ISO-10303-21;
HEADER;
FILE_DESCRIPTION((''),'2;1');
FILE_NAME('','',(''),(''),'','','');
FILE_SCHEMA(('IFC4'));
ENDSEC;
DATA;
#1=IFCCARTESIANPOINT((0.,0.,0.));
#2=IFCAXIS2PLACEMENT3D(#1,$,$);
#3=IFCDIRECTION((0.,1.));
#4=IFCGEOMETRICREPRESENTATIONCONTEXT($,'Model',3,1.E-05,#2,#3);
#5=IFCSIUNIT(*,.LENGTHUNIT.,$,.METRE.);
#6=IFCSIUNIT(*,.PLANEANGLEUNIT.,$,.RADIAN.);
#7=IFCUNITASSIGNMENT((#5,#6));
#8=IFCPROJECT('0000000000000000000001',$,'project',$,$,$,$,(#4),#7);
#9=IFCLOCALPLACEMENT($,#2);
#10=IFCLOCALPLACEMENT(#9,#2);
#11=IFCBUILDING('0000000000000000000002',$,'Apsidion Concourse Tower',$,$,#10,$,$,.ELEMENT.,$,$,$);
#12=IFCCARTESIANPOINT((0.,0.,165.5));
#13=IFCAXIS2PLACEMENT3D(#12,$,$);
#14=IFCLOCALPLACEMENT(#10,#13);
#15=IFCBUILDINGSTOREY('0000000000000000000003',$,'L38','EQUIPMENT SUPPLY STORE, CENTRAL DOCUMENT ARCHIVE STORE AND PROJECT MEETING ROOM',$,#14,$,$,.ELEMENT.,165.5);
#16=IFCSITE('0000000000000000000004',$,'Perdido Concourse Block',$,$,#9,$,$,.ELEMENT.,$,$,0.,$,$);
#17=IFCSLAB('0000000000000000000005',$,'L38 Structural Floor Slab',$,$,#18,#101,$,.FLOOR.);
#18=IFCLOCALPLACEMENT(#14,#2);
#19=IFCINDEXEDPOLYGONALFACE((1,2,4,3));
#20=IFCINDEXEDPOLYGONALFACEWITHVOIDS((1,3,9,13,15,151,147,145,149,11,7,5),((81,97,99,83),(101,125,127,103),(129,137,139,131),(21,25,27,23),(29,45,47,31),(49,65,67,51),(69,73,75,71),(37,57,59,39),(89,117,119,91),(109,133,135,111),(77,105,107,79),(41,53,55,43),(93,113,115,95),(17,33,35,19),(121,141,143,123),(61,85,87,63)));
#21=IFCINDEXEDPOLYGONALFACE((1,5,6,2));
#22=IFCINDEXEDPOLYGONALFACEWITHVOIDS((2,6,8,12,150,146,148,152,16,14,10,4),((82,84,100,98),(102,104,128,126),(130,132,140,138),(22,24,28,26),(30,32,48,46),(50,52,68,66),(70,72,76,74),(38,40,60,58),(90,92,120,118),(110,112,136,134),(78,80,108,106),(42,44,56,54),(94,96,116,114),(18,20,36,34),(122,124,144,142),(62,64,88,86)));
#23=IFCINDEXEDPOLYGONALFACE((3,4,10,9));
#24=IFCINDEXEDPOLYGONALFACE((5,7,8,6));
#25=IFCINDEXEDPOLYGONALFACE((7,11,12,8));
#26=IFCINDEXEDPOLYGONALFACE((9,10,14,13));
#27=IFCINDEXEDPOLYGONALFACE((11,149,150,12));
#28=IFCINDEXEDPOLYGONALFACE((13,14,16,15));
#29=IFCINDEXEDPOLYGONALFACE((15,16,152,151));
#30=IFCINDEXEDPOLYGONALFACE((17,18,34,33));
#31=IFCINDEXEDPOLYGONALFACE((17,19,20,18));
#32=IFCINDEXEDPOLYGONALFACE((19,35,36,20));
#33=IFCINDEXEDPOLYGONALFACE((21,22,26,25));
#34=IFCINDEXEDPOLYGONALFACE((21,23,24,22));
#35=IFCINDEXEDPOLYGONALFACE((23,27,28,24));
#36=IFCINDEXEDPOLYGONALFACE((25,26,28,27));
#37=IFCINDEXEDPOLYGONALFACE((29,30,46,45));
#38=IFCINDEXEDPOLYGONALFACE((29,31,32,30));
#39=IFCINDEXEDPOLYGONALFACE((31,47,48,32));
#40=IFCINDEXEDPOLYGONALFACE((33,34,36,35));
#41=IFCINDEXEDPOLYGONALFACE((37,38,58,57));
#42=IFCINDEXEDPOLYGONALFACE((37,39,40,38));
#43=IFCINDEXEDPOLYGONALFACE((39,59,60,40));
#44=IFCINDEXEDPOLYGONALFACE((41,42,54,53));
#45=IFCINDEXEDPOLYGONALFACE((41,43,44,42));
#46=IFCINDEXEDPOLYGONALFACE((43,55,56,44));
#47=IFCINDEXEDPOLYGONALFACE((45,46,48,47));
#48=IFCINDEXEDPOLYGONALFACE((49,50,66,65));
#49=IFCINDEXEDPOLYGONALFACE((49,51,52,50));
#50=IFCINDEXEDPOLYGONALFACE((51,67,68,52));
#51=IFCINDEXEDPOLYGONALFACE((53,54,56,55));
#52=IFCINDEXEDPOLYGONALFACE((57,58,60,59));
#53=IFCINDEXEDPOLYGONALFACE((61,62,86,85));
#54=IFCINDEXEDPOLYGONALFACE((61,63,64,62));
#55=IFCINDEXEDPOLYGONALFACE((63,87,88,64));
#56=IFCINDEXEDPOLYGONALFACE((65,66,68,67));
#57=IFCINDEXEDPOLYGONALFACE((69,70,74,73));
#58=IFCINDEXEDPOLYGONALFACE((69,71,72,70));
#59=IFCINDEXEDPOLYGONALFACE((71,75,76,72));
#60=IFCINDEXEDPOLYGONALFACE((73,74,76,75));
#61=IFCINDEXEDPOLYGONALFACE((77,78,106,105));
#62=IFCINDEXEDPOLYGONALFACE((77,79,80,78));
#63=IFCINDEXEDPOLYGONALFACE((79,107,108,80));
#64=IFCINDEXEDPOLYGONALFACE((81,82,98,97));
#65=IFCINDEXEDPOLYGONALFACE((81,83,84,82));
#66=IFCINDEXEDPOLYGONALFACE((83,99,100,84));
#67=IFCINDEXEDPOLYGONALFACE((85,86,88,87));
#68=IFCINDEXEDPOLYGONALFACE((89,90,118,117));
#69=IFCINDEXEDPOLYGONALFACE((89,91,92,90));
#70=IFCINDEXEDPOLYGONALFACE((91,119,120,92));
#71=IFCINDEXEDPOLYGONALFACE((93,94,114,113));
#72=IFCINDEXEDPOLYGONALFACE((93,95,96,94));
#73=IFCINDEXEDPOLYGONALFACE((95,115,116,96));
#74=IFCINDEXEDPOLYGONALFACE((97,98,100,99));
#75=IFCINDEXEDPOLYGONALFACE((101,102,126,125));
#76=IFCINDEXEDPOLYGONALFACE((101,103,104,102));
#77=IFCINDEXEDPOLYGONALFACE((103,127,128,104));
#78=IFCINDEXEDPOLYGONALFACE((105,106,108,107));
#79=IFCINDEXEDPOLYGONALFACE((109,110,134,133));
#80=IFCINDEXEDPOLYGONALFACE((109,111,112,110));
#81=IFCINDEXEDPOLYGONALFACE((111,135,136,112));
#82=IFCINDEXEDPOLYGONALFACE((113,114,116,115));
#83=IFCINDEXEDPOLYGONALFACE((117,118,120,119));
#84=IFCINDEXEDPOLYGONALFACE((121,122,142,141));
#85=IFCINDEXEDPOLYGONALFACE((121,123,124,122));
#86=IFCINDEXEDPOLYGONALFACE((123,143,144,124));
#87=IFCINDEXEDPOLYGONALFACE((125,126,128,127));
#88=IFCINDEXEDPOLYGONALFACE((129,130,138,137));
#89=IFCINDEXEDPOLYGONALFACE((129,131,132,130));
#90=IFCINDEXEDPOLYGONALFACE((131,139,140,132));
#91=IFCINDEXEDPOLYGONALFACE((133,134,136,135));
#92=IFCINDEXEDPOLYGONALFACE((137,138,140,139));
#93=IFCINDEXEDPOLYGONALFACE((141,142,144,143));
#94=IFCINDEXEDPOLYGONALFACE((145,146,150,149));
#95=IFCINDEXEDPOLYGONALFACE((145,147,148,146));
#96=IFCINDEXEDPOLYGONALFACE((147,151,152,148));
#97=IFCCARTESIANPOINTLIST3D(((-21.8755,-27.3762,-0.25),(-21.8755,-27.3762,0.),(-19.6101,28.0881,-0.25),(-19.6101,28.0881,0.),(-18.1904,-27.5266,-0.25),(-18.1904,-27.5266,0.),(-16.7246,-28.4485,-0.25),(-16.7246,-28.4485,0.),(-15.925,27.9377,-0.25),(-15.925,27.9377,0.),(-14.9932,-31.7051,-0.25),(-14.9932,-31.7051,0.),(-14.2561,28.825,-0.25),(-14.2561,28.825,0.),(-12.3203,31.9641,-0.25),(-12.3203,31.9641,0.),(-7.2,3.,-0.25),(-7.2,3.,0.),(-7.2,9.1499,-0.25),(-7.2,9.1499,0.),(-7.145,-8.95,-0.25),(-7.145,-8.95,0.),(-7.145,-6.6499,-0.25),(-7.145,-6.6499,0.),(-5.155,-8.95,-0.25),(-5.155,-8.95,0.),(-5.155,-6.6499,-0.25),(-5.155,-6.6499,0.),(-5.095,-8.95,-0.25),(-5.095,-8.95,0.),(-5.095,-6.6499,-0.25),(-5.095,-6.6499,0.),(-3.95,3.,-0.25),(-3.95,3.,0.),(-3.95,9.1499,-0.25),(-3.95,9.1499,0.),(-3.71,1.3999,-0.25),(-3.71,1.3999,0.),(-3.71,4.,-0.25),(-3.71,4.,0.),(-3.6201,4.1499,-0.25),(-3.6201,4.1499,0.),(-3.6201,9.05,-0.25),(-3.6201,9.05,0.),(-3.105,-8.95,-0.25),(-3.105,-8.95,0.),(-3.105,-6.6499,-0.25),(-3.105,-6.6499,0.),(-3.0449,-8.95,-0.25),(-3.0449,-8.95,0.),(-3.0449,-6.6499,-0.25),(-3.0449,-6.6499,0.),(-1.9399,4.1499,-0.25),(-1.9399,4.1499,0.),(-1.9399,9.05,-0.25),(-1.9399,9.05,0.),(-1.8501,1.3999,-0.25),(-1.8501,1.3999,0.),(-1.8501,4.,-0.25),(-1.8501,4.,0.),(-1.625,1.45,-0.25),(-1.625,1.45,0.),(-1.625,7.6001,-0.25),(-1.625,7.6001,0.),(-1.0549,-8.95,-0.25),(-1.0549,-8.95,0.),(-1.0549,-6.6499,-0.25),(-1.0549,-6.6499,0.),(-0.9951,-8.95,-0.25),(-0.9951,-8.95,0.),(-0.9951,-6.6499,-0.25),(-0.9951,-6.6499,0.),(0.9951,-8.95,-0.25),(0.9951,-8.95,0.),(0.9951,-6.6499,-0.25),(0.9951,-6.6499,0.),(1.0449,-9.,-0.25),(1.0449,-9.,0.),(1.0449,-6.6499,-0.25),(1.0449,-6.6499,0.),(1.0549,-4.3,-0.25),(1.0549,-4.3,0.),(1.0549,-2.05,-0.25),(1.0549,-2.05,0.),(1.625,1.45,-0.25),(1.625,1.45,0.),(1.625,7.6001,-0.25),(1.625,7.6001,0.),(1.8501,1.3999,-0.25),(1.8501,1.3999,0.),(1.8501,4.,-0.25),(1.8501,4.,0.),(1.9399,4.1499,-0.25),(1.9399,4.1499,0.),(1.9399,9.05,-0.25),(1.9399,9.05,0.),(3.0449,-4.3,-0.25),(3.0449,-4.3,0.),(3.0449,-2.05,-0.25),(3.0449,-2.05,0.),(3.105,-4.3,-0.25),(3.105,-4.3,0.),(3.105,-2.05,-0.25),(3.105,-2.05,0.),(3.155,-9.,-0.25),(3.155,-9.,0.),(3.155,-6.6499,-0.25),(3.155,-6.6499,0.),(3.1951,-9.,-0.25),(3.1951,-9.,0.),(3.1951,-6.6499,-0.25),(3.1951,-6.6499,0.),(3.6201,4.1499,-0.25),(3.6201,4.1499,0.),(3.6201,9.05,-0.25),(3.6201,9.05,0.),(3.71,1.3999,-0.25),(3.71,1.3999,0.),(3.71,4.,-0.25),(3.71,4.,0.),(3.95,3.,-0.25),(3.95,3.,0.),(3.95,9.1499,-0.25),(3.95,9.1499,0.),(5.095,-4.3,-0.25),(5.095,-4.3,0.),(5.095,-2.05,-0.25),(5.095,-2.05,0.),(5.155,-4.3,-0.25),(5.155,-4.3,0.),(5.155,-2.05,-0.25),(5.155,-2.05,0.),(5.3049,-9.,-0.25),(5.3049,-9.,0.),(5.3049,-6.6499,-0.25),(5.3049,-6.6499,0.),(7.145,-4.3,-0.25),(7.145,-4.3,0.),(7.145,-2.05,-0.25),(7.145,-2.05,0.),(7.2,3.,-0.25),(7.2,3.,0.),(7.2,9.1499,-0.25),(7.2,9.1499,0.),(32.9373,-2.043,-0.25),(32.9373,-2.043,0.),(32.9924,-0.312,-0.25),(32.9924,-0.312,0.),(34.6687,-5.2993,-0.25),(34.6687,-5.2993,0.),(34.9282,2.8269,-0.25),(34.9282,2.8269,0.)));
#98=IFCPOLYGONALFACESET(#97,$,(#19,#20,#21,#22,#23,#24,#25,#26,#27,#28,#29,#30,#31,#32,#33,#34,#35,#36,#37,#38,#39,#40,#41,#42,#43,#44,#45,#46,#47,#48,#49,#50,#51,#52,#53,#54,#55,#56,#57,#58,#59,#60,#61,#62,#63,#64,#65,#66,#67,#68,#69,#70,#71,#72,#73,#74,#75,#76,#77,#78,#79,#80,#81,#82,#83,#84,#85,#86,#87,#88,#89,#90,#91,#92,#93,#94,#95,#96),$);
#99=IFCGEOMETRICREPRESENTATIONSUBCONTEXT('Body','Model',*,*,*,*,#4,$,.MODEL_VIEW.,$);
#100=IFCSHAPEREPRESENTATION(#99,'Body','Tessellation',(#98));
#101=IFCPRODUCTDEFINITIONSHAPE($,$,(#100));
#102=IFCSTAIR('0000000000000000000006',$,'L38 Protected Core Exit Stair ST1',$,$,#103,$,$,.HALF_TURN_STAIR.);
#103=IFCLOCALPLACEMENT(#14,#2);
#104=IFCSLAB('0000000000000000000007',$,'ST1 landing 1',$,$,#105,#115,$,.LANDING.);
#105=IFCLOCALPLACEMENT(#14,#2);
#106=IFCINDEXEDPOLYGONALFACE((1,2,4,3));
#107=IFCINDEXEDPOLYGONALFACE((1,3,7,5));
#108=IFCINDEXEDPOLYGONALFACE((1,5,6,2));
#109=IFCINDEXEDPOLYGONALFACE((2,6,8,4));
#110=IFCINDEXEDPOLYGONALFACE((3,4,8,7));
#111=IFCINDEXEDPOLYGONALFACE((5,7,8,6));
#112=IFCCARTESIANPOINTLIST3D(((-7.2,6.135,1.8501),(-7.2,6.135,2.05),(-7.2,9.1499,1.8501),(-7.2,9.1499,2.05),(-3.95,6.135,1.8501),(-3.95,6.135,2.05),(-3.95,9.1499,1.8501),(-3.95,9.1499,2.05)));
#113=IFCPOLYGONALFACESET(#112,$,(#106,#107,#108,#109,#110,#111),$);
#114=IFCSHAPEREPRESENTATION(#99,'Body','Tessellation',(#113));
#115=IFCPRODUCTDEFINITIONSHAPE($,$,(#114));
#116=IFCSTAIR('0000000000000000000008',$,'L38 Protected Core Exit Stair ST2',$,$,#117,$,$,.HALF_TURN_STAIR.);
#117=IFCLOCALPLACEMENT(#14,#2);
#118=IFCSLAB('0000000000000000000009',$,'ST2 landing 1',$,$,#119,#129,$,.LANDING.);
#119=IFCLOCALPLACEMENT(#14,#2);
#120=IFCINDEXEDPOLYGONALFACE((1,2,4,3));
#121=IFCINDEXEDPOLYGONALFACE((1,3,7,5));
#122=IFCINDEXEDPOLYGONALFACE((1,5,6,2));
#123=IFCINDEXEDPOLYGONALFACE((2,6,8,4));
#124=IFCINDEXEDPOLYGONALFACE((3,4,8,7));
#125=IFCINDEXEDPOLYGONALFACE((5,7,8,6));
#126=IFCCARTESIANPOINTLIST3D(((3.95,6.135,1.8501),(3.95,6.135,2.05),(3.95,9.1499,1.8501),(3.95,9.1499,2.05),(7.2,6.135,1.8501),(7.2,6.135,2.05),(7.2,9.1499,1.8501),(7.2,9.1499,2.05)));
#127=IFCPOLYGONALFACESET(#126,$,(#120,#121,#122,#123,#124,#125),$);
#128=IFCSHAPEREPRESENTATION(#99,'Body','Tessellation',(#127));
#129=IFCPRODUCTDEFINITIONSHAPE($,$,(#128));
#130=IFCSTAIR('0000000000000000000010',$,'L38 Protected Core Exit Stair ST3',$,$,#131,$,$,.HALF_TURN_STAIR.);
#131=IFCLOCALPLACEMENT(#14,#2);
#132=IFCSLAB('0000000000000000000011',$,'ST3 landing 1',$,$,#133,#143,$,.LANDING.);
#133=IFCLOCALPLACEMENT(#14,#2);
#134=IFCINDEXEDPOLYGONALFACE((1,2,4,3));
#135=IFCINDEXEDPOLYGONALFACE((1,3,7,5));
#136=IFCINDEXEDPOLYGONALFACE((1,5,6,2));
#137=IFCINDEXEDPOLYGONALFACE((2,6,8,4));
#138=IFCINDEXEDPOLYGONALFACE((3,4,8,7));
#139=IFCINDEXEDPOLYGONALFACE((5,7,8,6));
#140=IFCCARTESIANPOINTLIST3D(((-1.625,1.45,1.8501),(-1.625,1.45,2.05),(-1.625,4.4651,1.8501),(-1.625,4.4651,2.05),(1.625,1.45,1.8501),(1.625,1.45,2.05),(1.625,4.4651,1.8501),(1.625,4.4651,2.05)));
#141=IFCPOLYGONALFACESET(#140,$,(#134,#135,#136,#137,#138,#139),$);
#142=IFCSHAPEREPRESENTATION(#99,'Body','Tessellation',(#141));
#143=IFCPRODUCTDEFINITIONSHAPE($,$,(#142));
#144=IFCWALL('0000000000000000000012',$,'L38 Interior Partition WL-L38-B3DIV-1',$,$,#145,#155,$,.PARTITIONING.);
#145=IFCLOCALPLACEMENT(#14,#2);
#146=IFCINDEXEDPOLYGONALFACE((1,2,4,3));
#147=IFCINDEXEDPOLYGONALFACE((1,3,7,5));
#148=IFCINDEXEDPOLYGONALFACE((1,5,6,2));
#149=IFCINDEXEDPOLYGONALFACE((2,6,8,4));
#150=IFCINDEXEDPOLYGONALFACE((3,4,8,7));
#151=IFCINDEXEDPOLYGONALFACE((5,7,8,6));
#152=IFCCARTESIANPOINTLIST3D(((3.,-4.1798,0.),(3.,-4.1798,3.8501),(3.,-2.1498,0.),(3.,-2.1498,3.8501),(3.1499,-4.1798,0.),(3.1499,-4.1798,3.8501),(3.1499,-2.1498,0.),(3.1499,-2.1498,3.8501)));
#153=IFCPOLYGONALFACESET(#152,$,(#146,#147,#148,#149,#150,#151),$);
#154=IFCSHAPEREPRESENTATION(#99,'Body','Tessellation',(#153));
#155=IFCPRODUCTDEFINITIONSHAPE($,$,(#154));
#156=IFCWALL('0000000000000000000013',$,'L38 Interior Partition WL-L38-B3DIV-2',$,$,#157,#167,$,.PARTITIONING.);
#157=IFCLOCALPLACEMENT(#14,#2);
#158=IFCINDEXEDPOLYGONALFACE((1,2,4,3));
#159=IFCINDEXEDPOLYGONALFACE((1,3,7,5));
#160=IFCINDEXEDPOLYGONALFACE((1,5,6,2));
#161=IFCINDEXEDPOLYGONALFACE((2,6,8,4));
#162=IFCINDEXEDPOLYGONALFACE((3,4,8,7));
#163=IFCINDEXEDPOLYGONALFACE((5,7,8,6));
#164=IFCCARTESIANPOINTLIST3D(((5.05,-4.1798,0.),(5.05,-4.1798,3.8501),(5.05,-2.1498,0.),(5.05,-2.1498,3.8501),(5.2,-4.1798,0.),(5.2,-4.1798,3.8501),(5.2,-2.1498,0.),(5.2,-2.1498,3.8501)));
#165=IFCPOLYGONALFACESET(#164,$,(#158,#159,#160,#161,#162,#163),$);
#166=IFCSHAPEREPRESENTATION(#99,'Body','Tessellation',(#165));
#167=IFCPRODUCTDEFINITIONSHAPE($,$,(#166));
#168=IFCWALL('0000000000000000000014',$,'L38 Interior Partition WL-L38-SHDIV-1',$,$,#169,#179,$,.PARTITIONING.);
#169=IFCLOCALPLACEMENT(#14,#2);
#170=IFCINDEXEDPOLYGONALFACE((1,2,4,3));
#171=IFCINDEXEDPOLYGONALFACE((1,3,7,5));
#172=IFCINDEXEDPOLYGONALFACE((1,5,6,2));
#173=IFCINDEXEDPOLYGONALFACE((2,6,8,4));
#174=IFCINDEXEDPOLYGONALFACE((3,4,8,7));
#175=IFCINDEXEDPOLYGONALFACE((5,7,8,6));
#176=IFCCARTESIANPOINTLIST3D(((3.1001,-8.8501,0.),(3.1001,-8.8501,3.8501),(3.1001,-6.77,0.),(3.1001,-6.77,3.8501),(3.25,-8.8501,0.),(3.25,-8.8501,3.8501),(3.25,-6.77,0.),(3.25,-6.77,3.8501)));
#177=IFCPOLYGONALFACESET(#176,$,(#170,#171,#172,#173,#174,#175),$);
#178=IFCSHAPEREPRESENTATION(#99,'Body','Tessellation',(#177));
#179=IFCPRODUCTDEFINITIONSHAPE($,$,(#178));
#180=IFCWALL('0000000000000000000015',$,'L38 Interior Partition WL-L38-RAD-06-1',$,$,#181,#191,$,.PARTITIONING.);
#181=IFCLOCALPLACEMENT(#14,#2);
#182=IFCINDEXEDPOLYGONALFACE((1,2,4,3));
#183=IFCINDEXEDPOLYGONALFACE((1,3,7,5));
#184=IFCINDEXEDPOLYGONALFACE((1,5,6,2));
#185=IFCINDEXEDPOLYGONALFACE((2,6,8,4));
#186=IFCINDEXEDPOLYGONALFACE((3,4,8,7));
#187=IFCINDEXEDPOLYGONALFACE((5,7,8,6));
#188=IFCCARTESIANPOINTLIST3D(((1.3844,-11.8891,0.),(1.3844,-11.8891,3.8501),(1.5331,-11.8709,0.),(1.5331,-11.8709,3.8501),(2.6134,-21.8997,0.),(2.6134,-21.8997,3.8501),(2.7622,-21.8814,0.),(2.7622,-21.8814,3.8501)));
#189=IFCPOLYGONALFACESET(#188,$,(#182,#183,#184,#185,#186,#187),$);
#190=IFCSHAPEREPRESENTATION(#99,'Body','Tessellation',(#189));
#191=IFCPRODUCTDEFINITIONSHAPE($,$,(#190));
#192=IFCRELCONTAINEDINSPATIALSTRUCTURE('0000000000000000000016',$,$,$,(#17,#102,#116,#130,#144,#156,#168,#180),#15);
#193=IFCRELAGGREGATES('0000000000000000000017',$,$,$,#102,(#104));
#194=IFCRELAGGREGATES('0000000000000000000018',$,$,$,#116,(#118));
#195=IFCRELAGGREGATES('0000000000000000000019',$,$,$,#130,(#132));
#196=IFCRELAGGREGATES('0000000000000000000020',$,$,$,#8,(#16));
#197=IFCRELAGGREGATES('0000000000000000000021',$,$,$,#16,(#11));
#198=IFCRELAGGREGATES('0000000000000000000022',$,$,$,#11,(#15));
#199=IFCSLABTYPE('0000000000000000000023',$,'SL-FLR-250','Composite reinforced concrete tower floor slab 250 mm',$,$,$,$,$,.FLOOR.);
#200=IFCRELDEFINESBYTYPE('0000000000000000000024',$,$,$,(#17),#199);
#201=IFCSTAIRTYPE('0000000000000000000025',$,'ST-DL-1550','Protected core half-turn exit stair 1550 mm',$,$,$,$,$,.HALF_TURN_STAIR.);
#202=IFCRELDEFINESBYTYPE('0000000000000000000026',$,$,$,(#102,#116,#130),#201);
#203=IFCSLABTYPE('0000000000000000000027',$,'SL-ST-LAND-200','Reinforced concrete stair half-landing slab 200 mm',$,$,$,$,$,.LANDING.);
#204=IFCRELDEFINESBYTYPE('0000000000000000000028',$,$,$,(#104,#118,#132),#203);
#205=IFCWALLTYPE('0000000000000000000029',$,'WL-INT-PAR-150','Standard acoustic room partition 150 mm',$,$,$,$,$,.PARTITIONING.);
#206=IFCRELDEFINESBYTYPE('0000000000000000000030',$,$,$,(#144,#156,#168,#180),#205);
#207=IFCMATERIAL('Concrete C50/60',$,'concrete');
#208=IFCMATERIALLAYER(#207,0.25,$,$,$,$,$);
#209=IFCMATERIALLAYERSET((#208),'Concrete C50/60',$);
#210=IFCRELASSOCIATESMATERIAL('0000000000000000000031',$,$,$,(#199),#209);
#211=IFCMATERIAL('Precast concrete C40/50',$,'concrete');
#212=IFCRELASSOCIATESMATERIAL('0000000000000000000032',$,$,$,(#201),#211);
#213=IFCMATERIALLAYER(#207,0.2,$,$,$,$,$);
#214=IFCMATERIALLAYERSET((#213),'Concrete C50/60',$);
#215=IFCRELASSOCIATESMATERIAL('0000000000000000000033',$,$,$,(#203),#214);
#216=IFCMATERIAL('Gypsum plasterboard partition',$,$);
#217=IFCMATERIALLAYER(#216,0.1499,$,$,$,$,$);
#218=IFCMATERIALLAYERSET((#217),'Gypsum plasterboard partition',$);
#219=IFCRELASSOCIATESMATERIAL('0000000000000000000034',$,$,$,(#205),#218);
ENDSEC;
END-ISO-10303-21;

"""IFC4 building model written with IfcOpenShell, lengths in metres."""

from ifc_helpers import new_model, si_unit, direction, frame, frame_2d, origin, place, context, subcontext, project, spatial, polyline, rectangle, outline, extrude, material, layer, layer_set, type_object, element, aggregate, save


model = new_model("IFC4")

# Units and contexts
model_context = context("Model", 3, precision=1e-05, world=origin(), true_north=direction((0.0, 1.0)))
body_context = subcontext(model_context, "Body", "Model", "MODEL_VIEW")
ifc_project = project(units=[si_unit("LENGTHUNIT", "METRE"), si_unit("PLANEANGLEUNIT", "RADIAN")], contexts=[model_context])

# Site, building, storey
site_placement = place(None, origin())
site = spatial("IfcSite", under=ifc_project, at=site_placement, Name="Perdido Concourse Block", CompositionType="ELEMENT", RefElevation=0.0)
building_placement = place(site_placement, origin())
building = spatial("IfcBuilding", under=site, at=building_placement, Name="Apsidion Concourse Tower", CompositionType="ELEMENT")
storey_placement = place(building_placement, frame((0.0, 0.0, 165.5)))
storey = spatial("IfcBuildingStorey", under=building, at=storey_placement, Name="L38", Description="EQUIPMENT SUPPLY STORE, CENTRAL DOCUMENT ARCHIVE STORE AND PROJECT MEETING ROOM", CompositionType="ELEMENT", Elevation=165.5)

# Shared definitions
ifc_material_1 = material(Name="Concrete C50/60", Category="concrete")

# Slab
ifc_layer_1 = layer(ifc_material_1, 0.25)
ifc_layer_set_1 = layer_set([ifc_layer_1], Name="Concrete C50/60")
slab_type_1 = type_object("IfcSlabType", Name="SL-FLR-250", Description="Composite reinforced concrete tower floor slab 250 mm", PredefinedType="FLOOR", material=ifc_layer_set_1)
slab_1_placement = place(storey_placement, frame((0.0, 0.0, -0.25)))
element("IfcSlab", 1, at=slab_1_placement, inside=storey, type_object=slab_type_1, Name="L38 Structural Floor Slab", PredefinedType="FLOOR", context=body_context, shape_type="SweptSolid", body=[
    extrude(outline(polyline([(-12.3203, 31.9641), (-14.2561, 28.825), (-15.925, 27.9377), (-19.6101, 28.0881), (-21.8755, -27.3762), (-18.1904, -27.5266), (-16.7246, -28.4485), (-14.9932, -31.7051), (34.6687, -5.2993), (32.9373, -2.043), (32.9924, -0.312), (34.9282, 2.8269), (-12.3203, 31.9641)]), holes=[polyline([(-3.95, 3.0), (-3.95, 9.1499), (-7.2, 9.1499), (-7.2, 3.0), (-3.95, 3.0)]), polyline([(7.2, 3.0), (7.2, 9.1499), (3.95, 9.1499), (3.95, 3.0), (7.2, 3.0)]), polyline([(-1.625, 7.6001), (-1.625, 1.45), (1.625, 1.45), (1.625, 7.6001), (-1.625, 7.6001)]), polyline([(1.0549, -4.3), (3.0449, -4.3), (3.0449, -2.05), (1.0549, -2.05), (1.0549, -4.3)]), polyline([(3.105, -4.3), (5.095, -4.3), (5.095, -2.05), (3.105, -2.05), (3.105, -4.3)]), polyline([(5.155, -4.3), (7.145, -4.3), (7.145, -2.05), (5.155, -2.05), (5.155, -4.3)]), polyline([(-7.145, -8.95), (-5.155, -8.95), (-5.155, -6.6499), (-7.145, -6.6499), (-7.145, -8.95)]), polyline([(-5.095, -8.95), (-3.105, -8.95), (-3.105, -6.6499), (-5.095, -6.6499), (-5.095, -8.95)]), polyline([(-3.0449, -8.95), (-1.0549, -8.95), (-1.0549, -6.6499), (-3.0449, -6.6499), (-3.0449, -8.95)]), polyline([(-0.9951, -8.95), (0.9951, -8.95), (0.9951, -6.6499), (-0.9951, -6.6499), (-0.9951, -8.95)]), polyline([(1.0449, -9.0), (3.155, -9.0), (3.155, -6.6499), (1.0449, -6.6499), (1.0449, -9.0)]), polyline([(3.1951, -9.0), (5.3049, -9.0), (5.3049, -6.6499), (3.1951, -6.6499), (3.1951, -9.0)]), polyline([(-3.71, 1.3999), (-1.8501, 1.3999), (-1.8501, 4.0), (-3.71, 4.0), (-3.71, 1.3999)]), polyline([(1.8501, 1.3999), (3.71, 1.3999), (3.71, 4.0), (1.8501, 4.0), (1.8501, 1.3999)]), polyline([(-3.6201, 4.1499), (-1.9399, 4.1499), (-1.9399, 9.05), (-3.6201, 9.05), (-3.6201, 4.1499)]), polyline([(1.9399, 4.1499), (3.6201, 4.1499), (3.6201, 9.05), (1.9399, 9.05), (1.9399, 4.1499)])]), origin(), (0.0, 0.0, 1.0), 0.25),
])

# Stairs, slabs
ifc_material_2 = material(Name="Precast concrete C40/50", Category="concrete")
stair_type = type_object("IfcStairType", Name="ST-DL-1550", Description="Protected core half-turn exit stair 1550 mm", PredefinedType="HALF_TURN_STAIR", material=ifc_material_2)
stair_1_placement = place(storey_placement, origin())
stair_1 = element("IfcStair", 2, at=stair_1_placement, inside=storey, type_object=stair_type, Name="L38 Protected Core Exit Stair ST1", PredefinedType="HALF_TURN_STAIR")
ifc_layer_2 = layer(ifc_material_1, 0.2)
ifc_layer_set_2 = layer_set([ifc_layer_2], Name="Concrete C50/60")
slab_type_2 = type_object("IfcSlabType", Name="SL-ST-LAND-200", Description="Reinforced concrete stair half-landing slab 200 mm", PredefinedType="LANDING", material=ifc_layer_set_2)
slab_2_placement = place(storey_placement, frame((0.0, 0.0, 1.8501)))
slab_2 = element("IfcSlab", 3, at=slab_2_placement, type_object=slab_type_2, Name="ST1 landing 1", PredefinedType="LANDING", context=body_context, shape_type="SweptSolid", body=[
    extrude(outline(polyline([(-3.95, 6.135), (-3.95, 9.1499), (-7.2, 9.1499), (-7.2, 6.135), (-3.95, 6.135)])), origin(), (0.0, 0.0, 1.0), 0.2),
])
aggregate(stair_1, [slab_2])
stair_2_placement = place(storey_placement, origin())
stair_2 = element("IfcStair", 4, at=stair_2_placement, inside=storey, type_object=stair_type, Name="L38 Protected Core Exit Stair ST2", PredefinedType="HALF_TURN_STAIR")
slab_3_placement = place(storey_placement, frame((0.0, 0.0, 1.8501)))
slab_3 = element("IfcSlab", 5, at=slab_3_placement, type_object=slab_type_2, Name="ST2 landing 1", PredefinedType="LANDING", context=body_context, shape_type="SweptSolid", body=[
    extrude(outline(polyline([(7.2, 6.135), (7.2, 9.1499), (3.95, 9.1499), (3.95, 6.135), (7.2, 6.135)])), origin(), (0.0, 0.0, 1.0), 0.2),
])
aggregate(stair_2, [slab_3])
stair_3_placement = place(storey_placement, origin())
stair_3 = element("IfcStair", 6, at=stair_3_placement, inside=storey, type_object=stair_type, Name="L38 Protected Core Exit Stair ST3", PredefinedType="HALF_TURN_STAIR")
slab_4_placement = place(storey_placement, frame((0.0, 0.0, 1.8501)))
slab_4 = element("IfcSlab", 7, at=slab_4_placement, type_object=slab_type_2, Name="ST3 landing 1", PredefinedType="LANDING", context=body_context, shape_type="SweptSolid", body=[
    extrude(outline(polyline([(-1.625, 4.4651), (-1.625, 1.45), (1.625, 1.45), (1.625, 4.4651), (-1.625, 4.4651)])), origin(), (0.0, 0.0, 1.0), 0.2),
])
aggregate(stair_3, [slab_4])

# Walls
ifc_material_3 = material(Name="Gypsum plasterboard partition")
ifc_layer_3 = layer(ifc_material_3, 0.1499)
ifc_layer_set_3 = layer_set([ifc_layer_3], Name="Gypsum plasterboard partition")
wall_type_1 = type_object("IfcWallType", Name="WL-INT-PAR-150", Description="Standard acoustic room partition 150 mm", PredefinedType="PARTITIONING", material=ifc_layer_set_3)
for number, where, z_axis, x_axis, name in (
    (8, (3.075, -4.1799, 0.0), (0.0, 0.0, 1.0), (0.0, 1.0, 0.0), "L38 Interior Partition WL-L38-B3DIV-1"),
    (9, (5.125, -4.1799, 0.0), (0.0, 0.0, 1.0), (0.0, 1.0, 0.0), "L38 Interior Partition WL-L38-B3DIV-2"),
):
    element("IfcWall", number, at=place(storey_placement, frame(where, z_axis=z_axis, x_axis=x_axis)), inside=storey, type_object=wall_type_1, Name=name, PredefinedType="PARTITIONING", context=body_context, shape_type="SweptSolid", body=[
        extrude(rectangle(XDim=2.03, YDim=0.1499, at=frame_2d((1.0151, 0.0))), origin(), (0.0, 0.0, 1.0), 3.8501),
    ])
wall_1_placement = place(storey_placement, frame((3.175, -8.8501, 0.0), z_axis=(0.0, 0.0, 1.0), x_axis=(0.0, 1.0, 0.0)))
element("IfcWall", 10, at=wall_1_placement, inside=storey, type_object=wall_type_1, Name="L38 Interior Partition WL-L38-SHDIV-1", PredefinedType="PARTITIONING", context=body_context, shape_type="SweptSolid", body=[
    extrude(rectangle(XDim=2.0801, YDim=0.1499, at=frame_2d((1.04, 0.0))), origin(), (0.0, 0.0, 1.0), 3.8501),
])
wall_2_placement = place(storey_placement, frame((1.4587, -11.8799, 0.0), z_axis=(0.0, 0.0, 1.0), x_axis=(0.121857, -0.992548, 0.0)))
element("IfcWall", 11, at=wall_2_placement, inside=storey, type_object=wall_type_1, Name="L38 Interior Partition WL-L38-RAD-06-1", PredefinedType="PARTITIONING", context=body_context, shape_type="SweptSolid", body=[
    extrude(rectangle(XDim=10.0857, YDim=0.1499, at=frame_2d((5.043, 0.0))), origin(), (0.0, 0.0, 1.0), 3.8501),
])

save(model, "model.ifc")
